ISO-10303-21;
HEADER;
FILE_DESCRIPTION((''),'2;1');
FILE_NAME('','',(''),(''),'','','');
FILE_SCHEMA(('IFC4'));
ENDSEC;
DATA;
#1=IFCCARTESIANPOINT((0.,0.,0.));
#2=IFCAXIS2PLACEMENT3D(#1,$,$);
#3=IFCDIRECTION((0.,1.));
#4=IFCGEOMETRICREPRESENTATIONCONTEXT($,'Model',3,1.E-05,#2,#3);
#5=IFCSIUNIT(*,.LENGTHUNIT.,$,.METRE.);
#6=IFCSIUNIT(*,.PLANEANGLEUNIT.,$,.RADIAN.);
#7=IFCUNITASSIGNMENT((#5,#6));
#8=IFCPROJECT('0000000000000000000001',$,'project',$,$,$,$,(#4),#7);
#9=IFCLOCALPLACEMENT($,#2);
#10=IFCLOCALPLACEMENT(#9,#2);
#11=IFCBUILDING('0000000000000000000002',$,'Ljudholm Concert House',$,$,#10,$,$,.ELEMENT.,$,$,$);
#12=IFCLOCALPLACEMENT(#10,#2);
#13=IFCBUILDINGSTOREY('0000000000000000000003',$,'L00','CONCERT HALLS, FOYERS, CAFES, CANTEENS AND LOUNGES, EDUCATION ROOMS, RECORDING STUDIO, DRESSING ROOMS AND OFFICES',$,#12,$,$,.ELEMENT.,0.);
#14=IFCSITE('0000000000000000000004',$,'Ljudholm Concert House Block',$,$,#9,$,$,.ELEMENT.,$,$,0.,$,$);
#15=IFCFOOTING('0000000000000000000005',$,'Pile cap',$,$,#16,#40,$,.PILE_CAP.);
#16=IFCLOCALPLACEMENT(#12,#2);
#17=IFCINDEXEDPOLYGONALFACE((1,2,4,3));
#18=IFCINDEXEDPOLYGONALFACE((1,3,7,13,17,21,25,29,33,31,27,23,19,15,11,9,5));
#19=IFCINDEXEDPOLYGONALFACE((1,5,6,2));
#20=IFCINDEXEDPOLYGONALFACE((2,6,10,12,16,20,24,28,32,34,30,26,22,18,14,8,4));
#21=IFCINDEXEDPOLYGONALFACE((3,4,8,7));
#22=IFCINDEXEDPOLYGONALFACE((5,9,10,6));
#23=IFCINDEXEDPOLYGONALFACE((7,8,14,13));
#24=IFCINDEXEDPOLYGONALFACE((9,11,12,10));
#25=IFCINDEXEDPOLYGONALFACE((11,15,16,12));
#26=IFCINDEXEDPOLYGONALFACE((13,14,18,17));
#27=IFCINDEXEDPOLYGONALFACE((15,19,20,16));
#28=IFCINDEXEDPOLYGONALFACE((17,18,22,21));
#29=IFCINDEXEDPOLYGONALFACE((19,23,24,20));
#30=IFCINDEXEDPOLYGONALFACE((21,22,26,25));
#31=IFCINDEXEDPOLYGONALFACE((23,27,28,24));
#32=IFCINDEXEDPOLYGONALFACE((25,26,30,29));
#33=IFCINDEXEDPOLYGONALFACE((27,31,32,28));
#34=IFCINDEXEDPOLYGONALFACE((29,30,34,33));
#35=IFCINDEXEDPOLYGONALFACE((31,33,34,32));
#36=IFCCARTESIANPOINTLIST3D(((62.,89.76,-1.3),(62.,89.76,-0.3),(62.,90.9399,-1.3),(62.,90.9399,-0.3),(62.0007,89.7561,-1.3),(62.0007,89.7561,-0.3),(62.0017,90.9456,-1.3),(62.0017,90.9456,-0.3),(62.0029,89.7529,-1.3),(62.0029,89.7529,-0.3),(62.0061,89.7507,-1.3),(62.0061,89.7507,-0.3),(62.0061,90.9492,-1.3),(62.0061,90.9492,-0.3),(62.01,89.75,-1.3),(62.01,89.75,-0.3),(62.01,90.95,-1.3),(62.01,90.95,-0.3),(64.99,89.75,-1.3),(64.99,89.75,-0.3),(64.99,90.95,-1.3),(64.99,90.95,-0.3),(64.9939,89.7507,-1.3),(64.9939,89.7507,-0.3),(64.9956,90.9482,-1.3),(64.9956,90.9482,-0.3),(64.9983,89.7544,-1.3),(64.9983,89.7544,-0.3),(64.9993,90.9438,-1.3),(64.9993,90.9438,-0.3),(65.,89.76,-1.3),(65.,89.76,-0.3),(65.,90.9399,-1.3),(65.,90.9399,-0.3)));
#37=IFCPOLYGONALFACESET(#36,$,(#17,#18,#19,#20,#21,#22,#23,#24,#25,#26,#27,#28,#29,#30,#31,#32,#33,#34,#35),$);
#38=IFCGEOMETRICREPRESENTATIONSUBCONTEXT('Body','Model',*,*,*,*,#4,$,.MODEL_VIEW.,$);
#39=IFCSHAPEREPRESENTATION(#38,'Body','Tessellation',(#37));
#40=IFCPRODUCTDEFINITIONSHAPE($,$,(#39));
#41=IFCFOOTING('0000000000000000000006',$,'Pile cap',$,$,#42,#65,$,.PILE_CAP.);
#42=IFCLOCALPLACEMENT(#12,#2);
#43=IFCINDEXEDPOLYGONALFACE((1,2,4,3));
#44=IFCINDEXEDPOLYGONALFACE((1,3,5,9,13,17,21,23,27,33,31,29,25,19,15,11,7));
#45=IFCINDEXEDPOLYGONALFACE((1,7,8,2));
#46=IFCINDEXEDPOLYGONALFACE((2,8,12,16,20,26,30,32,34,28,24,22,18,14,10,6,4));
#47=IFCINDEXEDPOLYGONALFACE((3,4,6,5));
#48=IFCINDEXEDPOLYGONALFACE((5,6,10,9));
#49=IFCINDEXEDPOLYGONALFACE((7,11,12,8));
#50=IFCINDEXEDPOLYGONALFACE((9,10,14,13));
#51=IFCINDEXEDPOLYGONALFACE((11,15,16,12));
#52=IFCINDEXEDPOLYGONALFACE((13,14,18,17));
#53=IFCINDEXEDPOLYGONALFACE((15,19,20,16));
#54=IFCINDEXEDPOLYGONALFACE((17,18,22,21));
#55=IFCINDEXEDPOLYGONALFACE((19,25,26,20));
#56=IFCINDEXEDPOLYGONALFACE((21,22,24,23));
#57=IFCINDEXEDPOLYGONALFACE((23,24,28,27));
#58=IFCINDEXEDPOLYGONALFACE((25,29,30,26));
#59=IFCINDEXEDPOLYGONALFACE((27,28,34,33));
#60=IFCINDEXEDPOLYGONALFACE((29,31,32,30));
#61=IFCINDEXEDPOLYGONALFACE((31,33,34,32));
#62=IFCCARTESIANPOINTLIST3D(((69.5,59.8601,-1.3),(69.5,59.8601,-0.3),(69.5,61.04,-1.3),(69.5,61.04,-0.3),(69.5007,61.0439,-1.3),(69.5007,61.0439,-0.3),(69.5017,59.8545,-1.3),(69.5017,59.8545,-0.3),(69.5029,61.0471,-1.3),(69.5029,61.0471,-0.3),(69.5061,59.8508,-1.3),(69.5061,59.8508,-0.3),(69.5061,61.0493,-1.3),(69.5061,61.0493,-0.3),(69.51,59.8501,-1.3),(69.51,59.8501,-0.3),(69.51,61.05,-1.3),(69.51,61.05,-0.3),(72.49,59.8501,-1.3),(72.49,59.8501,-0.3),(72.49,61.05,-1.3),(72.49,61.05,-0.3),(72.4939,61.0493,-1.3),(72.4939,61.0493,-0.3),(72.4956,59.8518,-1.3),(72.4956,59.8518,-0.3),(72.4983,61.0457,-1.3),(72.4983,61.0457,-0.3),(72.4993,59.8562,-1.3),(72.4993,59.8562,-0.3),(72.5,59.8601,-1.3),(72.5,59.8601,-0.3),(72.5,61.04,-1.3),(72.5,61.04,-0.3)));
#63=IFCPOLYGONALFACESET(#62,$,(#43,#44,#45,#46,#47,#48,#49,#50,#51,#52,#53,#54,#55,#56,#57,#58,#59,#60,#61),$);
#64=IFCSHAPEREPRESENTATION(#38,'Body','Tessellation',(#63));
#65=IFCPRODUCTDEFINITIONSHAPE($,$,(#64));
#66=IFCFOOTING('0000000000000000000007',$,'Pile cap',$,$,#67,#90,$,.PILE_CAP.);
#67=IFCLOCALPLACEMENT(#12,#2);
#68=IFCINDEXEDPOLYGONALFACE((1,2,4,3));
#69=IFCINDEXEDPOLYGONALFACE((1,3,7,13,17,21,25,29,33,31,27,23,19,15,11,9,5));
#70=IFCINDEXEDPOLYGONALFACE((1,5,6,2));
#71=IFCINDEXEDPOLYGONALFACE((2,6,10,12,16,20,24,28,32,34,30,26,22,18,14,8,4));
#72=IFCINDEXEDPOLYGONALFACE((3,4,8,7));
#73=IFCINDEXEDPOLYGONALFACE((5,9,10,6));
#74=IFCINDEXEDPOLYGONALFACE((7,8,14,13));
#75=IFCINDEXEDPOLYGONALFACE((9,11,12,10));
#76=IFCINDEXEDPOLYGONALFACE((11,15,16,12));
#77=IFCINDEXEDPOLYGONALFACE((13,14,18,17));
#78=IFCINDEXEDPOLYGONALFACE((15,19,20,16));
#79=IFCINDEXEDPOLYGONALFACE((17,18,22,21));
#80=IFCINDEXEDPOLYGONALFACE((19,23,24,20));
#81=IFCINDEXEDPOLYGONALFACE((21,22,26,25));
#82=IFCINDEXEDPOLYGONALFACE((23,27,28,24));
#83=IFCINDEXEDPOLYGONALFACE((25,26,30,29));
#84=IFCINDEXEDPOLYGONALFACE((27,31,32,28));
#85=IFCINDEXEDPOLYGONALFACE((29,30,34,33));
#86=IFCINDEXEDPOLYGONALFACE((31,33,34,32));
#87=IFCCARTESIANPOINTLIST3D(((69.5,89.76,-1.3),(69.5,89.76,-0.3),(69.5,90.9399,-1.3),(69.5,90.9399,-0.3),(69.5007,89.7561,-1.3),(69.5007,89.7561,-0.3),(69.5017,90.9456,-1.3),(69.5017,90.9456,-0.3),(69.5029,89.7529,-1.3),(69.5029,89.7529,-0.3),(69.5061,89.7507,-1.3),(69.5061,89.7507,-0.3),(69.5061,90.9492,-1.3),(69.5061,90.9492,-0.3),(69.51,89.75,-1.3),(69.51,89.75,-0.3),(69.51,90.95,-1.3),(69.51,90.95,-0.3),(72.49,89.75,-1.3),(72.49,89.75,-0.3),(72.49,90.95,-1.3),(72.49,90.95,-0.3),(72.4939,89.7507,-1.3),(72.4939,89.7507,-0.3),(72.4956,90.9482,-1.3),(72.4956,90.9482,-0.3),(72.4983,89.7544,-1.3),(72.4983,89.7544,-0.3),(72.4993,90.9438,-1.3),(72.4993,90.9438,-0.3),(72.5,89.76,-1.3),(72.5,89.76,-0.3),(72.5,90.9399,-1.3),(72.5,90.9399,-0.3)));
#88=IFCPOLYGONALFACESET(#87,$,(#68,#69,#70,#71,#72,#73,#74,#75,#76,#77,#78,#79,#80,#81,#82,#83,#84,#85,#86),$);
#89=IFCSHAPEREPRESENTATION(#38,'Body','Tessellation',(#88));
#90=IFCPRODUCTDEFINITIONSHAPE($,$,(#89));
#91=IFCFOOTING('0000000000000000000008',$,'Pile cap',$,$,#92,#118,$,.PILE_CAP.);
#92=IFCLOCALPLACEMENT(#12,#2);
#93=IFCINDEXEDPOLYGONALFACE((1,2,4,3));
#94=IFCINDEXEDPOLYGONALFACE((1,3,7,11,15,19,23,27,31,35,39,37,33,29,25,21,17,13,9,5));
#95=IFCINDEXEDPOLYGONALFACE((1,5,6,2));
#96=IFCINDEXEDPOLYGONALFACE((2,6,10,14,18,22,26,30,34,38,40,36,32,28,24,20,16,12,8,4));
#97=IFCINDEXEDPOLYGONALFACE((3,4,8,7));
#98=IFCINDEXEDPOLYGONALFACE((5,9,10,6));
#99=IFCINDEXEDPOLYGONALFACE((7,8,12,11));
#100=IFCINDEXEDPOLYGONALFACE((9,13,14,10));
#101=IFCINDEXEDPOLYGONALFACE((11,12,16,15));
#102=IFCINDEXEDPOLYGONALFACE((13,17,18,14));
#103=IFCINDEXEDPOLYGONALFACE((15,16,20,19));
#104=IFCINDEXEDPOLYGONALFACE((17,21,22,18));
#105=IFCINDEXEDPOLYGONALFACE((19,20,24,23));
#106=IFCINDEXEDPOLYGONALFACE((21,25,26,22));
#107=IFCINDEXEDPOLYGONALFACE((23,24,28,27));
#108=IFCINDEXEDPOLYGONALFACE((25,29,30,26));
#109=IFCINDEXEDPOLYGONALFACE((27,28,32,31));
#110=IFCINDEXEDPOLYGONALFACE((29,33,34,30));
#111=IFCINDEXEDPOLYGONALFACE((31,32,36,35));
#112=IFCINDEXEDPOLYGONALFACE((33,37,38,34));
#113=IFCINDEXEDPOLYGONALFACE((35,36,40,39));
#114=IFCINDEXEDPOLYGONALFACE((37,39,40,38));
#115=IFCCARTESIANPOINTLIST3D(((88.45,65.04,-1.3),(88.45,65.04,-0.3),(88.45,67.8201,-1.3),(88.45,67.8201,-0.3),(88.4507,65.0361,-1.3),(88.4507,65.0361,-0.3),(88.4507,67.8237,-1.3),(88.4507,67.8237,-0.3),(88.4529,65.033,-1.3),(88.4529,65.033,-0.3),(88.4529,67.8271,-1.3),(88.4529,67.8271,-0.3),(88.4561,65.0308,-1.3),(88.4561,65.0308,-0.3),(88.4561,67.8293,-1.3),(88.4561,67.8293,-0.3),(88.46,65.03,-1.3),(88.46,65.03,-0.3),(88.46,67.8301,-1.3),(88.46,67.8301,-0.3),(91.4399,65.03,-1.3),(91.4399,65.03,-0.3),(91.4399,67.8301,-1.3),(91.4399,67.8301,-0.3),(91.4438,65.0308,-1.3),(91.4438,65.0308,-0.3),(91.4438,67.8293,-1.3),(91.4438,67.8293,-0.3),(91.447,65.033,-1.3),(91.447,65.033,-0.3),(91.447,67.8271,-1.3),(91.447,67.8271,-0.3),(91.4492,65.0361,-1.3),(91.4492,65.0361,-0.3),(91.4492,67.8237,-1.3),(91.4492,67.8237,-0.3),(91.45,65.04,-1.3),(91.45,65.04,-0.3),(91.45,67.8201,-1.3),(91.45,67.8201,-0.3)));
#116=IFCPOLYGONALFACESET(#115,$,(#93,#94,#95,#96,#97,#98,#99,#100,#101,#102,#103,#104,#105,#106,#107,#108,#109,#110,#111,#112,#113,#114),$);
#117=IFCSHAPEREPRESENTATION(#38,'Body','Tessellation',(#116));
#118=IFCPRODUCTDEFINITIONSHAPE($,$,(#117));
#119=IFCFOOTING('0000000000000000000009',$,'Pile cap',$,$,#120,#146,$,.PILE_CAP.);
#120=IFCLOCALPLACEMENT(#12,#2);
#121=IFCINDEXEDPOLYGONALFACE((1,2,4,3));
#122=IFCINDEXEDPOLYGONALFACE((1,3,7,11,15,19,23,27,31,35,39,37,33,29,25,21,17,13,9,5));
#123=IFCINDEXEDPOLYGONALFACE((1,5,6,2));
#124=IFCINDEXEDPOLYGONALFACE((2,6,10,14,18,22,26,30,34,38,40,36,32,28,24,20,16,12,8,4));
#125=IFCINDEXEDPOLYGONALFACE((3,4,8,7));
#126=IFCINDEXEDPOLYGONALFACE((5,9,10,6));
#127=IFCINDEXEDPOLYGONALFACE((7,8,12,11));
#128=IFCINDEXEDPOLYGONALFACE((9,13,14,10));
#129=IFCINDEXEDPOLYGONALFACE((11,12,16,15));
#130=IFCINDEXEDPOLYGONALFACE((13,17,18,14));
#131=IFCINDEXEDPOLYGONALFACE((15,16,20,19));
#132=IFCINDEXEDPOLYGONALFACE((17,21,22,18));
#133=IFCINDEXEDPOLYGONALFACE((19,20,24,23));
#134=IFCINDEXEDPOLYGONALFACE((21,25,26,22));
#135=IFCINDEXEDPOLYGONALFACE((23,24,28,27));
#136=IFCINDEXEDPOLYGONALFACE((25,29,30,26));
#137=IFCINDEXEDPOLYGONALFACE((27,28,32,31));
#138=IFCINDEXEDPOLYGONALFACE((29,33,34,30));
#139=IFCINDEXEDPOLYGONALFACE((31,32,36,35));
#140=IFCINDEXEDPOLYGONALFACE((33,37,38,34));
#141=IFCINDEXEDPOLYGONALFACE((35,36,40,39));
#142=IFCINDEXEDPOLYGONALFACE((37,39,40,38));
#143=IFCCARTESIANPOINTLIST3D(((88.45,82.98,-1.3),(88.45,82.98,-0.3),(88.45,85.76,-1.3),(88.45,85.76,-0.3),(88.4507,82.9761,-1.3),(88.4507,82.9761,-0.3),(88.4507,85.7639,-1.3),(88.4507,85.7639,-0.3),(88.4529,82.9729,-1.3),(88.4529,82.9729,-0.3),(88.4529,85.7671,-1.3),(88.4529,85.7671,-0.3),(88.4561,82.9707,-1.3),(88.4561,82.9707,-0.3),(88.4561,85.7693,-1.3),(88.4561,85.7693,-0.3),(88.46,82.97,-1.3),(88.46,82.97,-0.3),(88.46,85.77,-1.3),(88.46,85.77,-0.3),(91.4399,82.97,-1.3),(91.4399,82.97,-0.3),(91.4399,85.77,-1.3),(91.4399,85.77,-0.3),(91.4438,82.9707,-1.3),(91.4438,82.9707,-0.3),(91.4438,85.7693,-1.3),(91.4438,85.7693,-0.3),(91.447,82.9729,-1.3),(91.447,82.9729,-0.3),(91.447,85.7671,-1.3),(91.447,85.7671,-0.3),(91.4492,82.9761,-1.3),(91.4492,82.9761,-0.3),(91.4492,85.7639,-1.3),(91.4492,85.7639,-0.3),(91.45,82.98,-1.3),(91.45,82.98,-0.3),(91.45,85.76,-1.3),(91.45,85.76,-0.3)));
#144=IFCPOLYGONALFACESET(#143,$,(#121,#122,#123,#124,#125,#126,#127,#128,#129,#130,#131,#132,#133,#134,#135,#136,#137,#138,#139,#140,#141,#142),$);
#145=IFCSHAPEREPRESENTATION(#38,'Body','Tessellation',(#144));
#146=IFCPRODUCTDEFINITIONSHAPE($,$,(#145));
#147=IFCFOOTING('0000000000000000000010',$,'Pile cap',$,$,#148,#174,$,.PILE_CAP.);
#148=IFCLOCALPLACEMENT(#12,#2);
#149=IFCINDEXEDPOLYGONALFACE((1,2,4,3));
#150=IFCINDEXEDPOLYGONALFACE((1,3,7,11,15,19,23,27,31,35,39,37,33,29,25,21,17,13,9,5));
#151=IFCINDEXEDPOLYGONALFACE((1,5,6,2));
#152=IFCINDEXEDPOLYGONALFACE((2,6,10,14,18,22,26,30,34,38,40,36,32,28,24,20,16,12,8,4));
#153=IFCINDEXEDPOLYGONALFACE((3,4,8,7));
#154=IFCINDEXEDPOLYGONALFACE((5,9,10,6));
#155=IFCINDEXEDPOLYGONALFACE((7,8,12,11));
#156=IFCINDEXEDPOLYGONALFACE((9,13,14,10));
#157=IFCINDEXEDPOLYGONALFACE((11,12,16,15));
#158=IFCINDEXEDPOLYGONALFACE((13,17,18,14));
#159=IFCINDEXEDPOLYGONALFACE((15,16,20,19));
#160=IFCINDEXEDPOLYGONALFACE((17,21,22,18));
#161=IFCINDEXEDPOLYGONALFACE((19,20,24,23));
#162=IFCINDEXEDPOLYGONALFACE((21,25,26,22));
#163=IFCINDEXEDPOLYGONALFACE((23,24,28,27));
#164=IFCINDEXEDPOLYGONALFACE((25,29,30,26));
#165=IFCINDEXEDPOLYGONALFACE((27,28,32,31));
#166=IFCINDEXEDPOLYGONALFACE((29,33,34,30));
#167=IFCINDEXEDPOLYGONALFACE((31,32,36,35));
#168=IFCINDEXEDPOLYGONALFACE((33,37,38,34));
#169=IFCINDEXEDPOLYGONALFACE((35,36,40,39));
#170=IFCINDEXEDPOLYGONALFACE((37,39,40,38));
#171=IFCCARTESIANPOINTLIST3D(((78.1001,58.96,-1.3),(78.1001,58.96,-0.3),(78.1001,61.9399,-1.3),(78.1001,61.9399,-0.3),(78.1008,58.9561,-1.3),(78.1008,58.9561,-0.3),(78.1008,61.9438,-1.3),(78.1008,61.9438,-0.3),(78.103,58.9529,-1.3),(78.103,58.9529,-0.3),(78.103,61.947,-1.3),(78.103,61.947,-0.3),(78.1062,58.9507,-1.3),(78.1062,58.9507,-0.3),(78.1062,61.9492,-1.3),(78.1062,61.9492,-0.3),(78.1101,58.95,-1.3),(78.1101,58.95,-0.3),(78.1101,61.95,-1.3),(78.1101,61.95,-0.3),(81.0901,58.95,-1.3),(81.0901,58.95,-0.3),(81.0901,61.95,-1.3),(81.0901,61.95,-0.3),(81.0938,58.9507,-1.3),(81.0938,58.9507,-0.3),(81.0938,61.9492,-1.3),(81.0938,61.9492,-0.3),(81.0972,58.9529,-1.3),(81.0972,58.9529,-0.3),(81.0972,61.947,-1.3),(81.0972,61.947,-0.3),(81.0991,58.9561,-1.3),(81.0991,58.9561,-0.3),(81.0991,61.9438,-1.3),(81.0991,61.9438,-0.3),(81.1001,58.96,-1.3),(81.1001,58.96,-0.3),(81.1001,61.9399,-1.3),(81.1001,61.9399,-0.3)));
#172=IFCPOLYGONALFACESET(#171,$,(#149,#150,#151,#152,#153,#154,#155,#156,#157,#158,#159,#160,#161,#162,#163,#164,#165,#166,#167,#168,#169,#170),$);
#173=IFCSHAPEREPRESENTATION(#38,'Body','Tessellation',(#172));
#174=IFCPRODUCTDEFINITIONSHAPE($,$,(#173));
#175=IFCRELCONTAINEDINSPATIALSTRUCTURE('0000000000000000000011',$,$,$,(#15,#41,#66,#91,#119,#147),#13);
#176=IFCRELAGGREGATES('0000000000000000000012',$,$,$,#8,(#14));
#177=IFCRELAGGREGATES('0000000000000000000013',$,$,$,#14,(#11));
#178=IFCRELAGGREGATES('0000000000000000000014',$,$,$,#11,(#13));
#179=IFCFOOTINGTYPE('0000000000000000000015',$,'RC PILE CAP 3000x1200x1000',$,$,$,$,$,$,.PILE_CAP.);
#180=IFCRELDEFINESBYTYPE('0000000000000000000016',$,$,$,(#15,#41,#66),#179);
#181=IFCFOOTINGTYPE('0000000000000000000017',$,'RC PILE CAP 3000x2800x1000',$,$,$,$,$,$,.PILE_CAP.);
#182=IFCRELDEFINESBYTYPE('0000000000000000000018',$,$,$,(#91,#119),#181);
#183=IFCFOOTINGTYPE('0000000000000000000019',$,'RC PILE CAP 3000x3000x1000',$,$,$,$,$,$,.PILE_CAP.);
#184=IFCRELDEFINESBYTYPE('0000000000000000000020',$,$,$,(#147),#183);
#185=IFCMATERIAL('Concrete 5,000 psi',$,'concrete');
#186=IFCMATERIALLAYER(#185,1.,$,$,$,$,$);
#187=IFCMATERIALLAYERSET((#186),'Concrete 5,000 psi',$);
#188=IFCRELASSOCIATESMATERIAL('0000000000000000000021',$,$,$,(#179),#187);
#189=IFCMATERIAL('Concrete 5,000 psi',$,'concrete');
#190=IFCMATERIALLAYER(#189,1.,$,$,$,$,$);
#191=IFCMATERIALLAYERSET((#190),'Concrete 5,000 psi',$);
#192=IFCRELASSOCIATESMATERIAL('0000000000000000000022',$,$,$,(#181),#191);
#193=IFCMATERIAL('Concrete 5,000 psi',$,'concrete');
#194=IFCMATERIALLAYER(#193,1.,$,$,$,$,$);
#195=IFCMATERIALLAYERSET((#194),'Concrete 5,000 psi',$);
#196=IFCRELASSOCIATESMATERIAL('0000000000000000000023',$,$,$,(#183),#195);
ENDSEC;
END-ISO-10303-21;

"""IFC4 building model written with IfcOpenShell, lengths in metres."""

from ifc_helpers import new_model, si_unit, direction, frame, origin, place, context, subcontext, project, spatial, polyline, outline, extrude, material, layer, layer_set, type_object, element, save


model = new_model("IFC4")

# Units and contexts
model_context = context("Model", 3, precision=1e-05, world=origin(), true_north=direction((0.0, 1.0)))
body_context = subcontext(model_context, "Body", "Model", "MODEL_VIEW")
ifc_project = project(units=[si_unit("LENGTHUNIT", "METRE"), si_unit("PLANEANGLEUNIT", "RADIAN")], contexts=[model_context])

# Site, building, storey
site_placement = place(None, origin())
site = spatial("IfcSite", under=ifc_project, at=site_placement, Name="Ljudholm Concert House Block", CompositionType="ELEMENT", RefElevation=0.0)
building_placement = place(site_placement, origin())
building = spatial("IfcBuilding", under=site, at=building_placement, Name="Ljudholm Concert House", CompositionType="ELEMENT")
storey_placement = place(building_placement, origin())
storey = spatial("IfcBuildingStorey", under=building, at=storey_placement, Name="L00", Description="CONCERT HALLS, FOYERS, CAFES, CANTEENS AND LOUNGES, EDUCATION ROOMS, RECORDING STUDIO, DRESSING ROOMS AND OFFICES", CompositionType="ELEMENT", Elevation=0.0)

# Footings
ifc_material_1 = material(Name="Concrete 5,000 psi", Category="concrete")
ifc_layer_1 = layer(ifc_material_1, 1.0)
ifc_layer_set_1 = layer_set([ifc_layer_1], Name="Concrete 5,000 psi")
footing_type_1 = type_object("IfcFootingType", Name="RC PILE CAP 3000x1200x1000", PredefinedType="PILE_CAP", material=ifc_layer_set_1)
footing_1_placement = place(storey_placement, frame((0.0, 0.0, -1.3)))
element("IfcFooting", 1, at=footing_1_placement, inside=storey, type_object=footing_type_1, Name="Pile cap", PredefinedType="PILE_CAP", context=body_context, shape_type="SweptSolid", body=[
    extrude(outline(polyline([(62.01, 89.75), (64.99, 89.75), (64.9939, 89.7507), (64.9983, 89.7544), (65.0, 89.76), (65.0, 90.9399), (64.9993, 90.9438), (64.9956, 90.9482), (64.99, 90.95), (62.01, 90.95), (62.0061, 90.9492), (62.0017, 90.9456), (62.0, 90.9399), (62.0, 89.76), (62.0007, 89.7561), (62.0029, 89.7529), (62.0061, 89.7507), (62.01, 89.75)])), origin(), (0.0, 0.0, 1.0), 1.0),
])
footing_2_placement = place(storey_placement, frame((0.0, 0.0, -1.3)))
element("IfcFooting", 2, at=footing_2_placement, inside=storey, type_object=footing_type_1, Name="Pile cap", PredefinedType="PILE_CAP", context=body_context, shape_type="SweptSolid", body=[
    extrude(outline(polyline([(69.5, 61.04), (69.5, 59.8601), (69.5017, 59.8545), (69.5061, 59.8508), (69.51, 59.8501), (72.49, 59.8501), (72.4956, 59.8518), (72.4993, 59.8562), (72.5, 59.8601), (72.5, 61.04), (72.4983, 61.0457), (72.4939, 61.0493), (72.49, 61.05), (69.51, 61.05), (69.5061, 61.0493), (69.5029, 61.0471), (69.5007, 61.0439), (69.5, 61.04)])), origin(), (0.0, 0.0, 1.0), 1.0),
])
footing_3_placement = place(storey_placement, frame((0.0, 0.0, -1.3)))
element("IfcFooting", 3, at=footing_3_placement, inside=storey, type_object=footing_type_1, Name="Pile cap", PredefinedType="PILE_CAP", context=body_context, shape_type="SweptSolid", body=[
    extrude(outline(polyline([(69.51, 89.75), (72.49, 89.75), (72.4939, 89.7507), (72.4983, 89.7544), (72.5, 89.76), (72.5, 90.9399), (72.4993, 90.9438), (72.4956, 90.9482), (72.49, 90.95), (69.51, 90.95), (69.5061, 90.9492), (69.5017, 90.9456), (69.5, 90.9399), (69.5, 89.76), (69.5007, 89.7561), (69.5029, 89.7529), (69.5061, 89.7507), (69.51, 89.75)])), origin(), (0.0, 0.0, 1.0), 1.0),
])
ifc_material_2 = material(Name="Concrete 5,000 psi", Category="concrete")
ifc_layer_2 = layer(ifc_material_2, 1.0)
ifc_layer_set_2 = layer_set([ifc_layer_2], Name="Concrete 5,000 psi")
footing_type_2 = type_object("IfcFootingType", Name="RC PILE CAP 3000x2800x1000", PredefinedType="PILE_CAP", material=ifc_layer_set_2)
footing_4_placement = place(storey_placement, frame((0.0, 0.0, -1.3)))
element("IfcFooting", 4, at=footing_4_placement, inside=storey, type_object=footing_type_2, Name="Pile cap", PredefinedType="PILE_CAP", context=body_context, shape_type="SweptSolid", body=[
    extrude(outline(polyline([(88.45, 67.8201), (88.45, 65.04), (88.4507, 65.0361), (88.4529, 65.033), (88.4561, 65.0308), (88.46, 65.03), (91.4399, 65.03), (91.4438, 65.0308), (91.447, 65.033), (91.4492, 65.0361), (91.45, 65.04), (91.45, 67.8201), (91.4492, 67.8237), (91.447, 67.8271), (91.4438, 67.8293), (91.4399, 67.8301), (88.46, 67.8301), (88.4561, 67.8293), (88.4529, 67.8271), (88.4507, 67.8237), (88.45, 67.8201)])), origin(), (0.0, 0.0, 1.0), 1.0),
])
footing_5_placement = place(storey_placement, frame((0.0, 0.0, -1.3)))
element("IfcFooting", 5, at=footing_5_placement, inside=storey, type_object=footing_type_2, Name="Pile cap", PredefinedType="PILE_CAP", context=body_context, shape_type="SweptSolid", body=[
    extrude(outline(polyline([(88.46, 82.97), (91.4399, 82.97), (91.4438, 82.9707), (91.447, 82.9729), (91.4492, 82.9761), (91.45, 82.98), (91.45, 85.76), (91.4492, 85.7639), (91.447, 85.7671), (91.4438, 85.7693), (91.4399, 85.77), (88.46, 85.77), (88.4561, 85.7693), (88.4529, 85.7671), (88.4507, 85.7639), (88.45, 85.76), (88.45, 82.98), (88.4507, 82.9761), (88.4529, 82.9729), (88.4561, 82.9707), (88.46, 82.97)])), origin(), (0.0, 0.0, 1.0), 1.0),
])
ifc_material_3 = material(Name="Concrete 5,000 psi", Category="concrete")
ifc_layer_3 = layer(ifc_material_3, 1.0)
ifc_layer_set_3 = layer_set([ifc_layer_3], Name="Concrete 5,000 psi")
footing_type_3 = type_object("IfcFootingType", Name="RC PILE CAP 3000x3000x1000", PredefinedType="PILE_CAP", material=ifc_layer_set_3)
footing_6_placement = place(storey_placement, frame((0.0, 0.0, -1.3)))
element("IfcFooting", 6, at=footing_6_placement, inside=storey, type_object=footing_type_3, Name="Pile cap", PredefinedType="PILE_CAP", context=body_context, shape_type="SweptSolid", body=[
    extrude(outline(polyline([(78.1101, 58.95), (81.0901, 58.95), (81.0938, 58.9507), (81.0972, 58.9529), (81.0991, 58.9561), (81.1001, 58.96), (81.1001, 61.9399), (81.0991, 61.9438), (81.0972, 61.947), (81.0938, 61.9492), (81.0901, 61.95), (78.1101, 61.95), (78.1062, 61.9492), (78.103, 61.947), (78.1008, 61.9438), (78.1001, 61.9399), (78.1001, 58.96), (78.1008, 58.9561), (78.103, 58.9529), (78.1062, 58.9507), (78.1101, 58.95)])), origin(), (0.0, 0.0, 1.0), 1.0),
])

save(model, "model.ifc")
